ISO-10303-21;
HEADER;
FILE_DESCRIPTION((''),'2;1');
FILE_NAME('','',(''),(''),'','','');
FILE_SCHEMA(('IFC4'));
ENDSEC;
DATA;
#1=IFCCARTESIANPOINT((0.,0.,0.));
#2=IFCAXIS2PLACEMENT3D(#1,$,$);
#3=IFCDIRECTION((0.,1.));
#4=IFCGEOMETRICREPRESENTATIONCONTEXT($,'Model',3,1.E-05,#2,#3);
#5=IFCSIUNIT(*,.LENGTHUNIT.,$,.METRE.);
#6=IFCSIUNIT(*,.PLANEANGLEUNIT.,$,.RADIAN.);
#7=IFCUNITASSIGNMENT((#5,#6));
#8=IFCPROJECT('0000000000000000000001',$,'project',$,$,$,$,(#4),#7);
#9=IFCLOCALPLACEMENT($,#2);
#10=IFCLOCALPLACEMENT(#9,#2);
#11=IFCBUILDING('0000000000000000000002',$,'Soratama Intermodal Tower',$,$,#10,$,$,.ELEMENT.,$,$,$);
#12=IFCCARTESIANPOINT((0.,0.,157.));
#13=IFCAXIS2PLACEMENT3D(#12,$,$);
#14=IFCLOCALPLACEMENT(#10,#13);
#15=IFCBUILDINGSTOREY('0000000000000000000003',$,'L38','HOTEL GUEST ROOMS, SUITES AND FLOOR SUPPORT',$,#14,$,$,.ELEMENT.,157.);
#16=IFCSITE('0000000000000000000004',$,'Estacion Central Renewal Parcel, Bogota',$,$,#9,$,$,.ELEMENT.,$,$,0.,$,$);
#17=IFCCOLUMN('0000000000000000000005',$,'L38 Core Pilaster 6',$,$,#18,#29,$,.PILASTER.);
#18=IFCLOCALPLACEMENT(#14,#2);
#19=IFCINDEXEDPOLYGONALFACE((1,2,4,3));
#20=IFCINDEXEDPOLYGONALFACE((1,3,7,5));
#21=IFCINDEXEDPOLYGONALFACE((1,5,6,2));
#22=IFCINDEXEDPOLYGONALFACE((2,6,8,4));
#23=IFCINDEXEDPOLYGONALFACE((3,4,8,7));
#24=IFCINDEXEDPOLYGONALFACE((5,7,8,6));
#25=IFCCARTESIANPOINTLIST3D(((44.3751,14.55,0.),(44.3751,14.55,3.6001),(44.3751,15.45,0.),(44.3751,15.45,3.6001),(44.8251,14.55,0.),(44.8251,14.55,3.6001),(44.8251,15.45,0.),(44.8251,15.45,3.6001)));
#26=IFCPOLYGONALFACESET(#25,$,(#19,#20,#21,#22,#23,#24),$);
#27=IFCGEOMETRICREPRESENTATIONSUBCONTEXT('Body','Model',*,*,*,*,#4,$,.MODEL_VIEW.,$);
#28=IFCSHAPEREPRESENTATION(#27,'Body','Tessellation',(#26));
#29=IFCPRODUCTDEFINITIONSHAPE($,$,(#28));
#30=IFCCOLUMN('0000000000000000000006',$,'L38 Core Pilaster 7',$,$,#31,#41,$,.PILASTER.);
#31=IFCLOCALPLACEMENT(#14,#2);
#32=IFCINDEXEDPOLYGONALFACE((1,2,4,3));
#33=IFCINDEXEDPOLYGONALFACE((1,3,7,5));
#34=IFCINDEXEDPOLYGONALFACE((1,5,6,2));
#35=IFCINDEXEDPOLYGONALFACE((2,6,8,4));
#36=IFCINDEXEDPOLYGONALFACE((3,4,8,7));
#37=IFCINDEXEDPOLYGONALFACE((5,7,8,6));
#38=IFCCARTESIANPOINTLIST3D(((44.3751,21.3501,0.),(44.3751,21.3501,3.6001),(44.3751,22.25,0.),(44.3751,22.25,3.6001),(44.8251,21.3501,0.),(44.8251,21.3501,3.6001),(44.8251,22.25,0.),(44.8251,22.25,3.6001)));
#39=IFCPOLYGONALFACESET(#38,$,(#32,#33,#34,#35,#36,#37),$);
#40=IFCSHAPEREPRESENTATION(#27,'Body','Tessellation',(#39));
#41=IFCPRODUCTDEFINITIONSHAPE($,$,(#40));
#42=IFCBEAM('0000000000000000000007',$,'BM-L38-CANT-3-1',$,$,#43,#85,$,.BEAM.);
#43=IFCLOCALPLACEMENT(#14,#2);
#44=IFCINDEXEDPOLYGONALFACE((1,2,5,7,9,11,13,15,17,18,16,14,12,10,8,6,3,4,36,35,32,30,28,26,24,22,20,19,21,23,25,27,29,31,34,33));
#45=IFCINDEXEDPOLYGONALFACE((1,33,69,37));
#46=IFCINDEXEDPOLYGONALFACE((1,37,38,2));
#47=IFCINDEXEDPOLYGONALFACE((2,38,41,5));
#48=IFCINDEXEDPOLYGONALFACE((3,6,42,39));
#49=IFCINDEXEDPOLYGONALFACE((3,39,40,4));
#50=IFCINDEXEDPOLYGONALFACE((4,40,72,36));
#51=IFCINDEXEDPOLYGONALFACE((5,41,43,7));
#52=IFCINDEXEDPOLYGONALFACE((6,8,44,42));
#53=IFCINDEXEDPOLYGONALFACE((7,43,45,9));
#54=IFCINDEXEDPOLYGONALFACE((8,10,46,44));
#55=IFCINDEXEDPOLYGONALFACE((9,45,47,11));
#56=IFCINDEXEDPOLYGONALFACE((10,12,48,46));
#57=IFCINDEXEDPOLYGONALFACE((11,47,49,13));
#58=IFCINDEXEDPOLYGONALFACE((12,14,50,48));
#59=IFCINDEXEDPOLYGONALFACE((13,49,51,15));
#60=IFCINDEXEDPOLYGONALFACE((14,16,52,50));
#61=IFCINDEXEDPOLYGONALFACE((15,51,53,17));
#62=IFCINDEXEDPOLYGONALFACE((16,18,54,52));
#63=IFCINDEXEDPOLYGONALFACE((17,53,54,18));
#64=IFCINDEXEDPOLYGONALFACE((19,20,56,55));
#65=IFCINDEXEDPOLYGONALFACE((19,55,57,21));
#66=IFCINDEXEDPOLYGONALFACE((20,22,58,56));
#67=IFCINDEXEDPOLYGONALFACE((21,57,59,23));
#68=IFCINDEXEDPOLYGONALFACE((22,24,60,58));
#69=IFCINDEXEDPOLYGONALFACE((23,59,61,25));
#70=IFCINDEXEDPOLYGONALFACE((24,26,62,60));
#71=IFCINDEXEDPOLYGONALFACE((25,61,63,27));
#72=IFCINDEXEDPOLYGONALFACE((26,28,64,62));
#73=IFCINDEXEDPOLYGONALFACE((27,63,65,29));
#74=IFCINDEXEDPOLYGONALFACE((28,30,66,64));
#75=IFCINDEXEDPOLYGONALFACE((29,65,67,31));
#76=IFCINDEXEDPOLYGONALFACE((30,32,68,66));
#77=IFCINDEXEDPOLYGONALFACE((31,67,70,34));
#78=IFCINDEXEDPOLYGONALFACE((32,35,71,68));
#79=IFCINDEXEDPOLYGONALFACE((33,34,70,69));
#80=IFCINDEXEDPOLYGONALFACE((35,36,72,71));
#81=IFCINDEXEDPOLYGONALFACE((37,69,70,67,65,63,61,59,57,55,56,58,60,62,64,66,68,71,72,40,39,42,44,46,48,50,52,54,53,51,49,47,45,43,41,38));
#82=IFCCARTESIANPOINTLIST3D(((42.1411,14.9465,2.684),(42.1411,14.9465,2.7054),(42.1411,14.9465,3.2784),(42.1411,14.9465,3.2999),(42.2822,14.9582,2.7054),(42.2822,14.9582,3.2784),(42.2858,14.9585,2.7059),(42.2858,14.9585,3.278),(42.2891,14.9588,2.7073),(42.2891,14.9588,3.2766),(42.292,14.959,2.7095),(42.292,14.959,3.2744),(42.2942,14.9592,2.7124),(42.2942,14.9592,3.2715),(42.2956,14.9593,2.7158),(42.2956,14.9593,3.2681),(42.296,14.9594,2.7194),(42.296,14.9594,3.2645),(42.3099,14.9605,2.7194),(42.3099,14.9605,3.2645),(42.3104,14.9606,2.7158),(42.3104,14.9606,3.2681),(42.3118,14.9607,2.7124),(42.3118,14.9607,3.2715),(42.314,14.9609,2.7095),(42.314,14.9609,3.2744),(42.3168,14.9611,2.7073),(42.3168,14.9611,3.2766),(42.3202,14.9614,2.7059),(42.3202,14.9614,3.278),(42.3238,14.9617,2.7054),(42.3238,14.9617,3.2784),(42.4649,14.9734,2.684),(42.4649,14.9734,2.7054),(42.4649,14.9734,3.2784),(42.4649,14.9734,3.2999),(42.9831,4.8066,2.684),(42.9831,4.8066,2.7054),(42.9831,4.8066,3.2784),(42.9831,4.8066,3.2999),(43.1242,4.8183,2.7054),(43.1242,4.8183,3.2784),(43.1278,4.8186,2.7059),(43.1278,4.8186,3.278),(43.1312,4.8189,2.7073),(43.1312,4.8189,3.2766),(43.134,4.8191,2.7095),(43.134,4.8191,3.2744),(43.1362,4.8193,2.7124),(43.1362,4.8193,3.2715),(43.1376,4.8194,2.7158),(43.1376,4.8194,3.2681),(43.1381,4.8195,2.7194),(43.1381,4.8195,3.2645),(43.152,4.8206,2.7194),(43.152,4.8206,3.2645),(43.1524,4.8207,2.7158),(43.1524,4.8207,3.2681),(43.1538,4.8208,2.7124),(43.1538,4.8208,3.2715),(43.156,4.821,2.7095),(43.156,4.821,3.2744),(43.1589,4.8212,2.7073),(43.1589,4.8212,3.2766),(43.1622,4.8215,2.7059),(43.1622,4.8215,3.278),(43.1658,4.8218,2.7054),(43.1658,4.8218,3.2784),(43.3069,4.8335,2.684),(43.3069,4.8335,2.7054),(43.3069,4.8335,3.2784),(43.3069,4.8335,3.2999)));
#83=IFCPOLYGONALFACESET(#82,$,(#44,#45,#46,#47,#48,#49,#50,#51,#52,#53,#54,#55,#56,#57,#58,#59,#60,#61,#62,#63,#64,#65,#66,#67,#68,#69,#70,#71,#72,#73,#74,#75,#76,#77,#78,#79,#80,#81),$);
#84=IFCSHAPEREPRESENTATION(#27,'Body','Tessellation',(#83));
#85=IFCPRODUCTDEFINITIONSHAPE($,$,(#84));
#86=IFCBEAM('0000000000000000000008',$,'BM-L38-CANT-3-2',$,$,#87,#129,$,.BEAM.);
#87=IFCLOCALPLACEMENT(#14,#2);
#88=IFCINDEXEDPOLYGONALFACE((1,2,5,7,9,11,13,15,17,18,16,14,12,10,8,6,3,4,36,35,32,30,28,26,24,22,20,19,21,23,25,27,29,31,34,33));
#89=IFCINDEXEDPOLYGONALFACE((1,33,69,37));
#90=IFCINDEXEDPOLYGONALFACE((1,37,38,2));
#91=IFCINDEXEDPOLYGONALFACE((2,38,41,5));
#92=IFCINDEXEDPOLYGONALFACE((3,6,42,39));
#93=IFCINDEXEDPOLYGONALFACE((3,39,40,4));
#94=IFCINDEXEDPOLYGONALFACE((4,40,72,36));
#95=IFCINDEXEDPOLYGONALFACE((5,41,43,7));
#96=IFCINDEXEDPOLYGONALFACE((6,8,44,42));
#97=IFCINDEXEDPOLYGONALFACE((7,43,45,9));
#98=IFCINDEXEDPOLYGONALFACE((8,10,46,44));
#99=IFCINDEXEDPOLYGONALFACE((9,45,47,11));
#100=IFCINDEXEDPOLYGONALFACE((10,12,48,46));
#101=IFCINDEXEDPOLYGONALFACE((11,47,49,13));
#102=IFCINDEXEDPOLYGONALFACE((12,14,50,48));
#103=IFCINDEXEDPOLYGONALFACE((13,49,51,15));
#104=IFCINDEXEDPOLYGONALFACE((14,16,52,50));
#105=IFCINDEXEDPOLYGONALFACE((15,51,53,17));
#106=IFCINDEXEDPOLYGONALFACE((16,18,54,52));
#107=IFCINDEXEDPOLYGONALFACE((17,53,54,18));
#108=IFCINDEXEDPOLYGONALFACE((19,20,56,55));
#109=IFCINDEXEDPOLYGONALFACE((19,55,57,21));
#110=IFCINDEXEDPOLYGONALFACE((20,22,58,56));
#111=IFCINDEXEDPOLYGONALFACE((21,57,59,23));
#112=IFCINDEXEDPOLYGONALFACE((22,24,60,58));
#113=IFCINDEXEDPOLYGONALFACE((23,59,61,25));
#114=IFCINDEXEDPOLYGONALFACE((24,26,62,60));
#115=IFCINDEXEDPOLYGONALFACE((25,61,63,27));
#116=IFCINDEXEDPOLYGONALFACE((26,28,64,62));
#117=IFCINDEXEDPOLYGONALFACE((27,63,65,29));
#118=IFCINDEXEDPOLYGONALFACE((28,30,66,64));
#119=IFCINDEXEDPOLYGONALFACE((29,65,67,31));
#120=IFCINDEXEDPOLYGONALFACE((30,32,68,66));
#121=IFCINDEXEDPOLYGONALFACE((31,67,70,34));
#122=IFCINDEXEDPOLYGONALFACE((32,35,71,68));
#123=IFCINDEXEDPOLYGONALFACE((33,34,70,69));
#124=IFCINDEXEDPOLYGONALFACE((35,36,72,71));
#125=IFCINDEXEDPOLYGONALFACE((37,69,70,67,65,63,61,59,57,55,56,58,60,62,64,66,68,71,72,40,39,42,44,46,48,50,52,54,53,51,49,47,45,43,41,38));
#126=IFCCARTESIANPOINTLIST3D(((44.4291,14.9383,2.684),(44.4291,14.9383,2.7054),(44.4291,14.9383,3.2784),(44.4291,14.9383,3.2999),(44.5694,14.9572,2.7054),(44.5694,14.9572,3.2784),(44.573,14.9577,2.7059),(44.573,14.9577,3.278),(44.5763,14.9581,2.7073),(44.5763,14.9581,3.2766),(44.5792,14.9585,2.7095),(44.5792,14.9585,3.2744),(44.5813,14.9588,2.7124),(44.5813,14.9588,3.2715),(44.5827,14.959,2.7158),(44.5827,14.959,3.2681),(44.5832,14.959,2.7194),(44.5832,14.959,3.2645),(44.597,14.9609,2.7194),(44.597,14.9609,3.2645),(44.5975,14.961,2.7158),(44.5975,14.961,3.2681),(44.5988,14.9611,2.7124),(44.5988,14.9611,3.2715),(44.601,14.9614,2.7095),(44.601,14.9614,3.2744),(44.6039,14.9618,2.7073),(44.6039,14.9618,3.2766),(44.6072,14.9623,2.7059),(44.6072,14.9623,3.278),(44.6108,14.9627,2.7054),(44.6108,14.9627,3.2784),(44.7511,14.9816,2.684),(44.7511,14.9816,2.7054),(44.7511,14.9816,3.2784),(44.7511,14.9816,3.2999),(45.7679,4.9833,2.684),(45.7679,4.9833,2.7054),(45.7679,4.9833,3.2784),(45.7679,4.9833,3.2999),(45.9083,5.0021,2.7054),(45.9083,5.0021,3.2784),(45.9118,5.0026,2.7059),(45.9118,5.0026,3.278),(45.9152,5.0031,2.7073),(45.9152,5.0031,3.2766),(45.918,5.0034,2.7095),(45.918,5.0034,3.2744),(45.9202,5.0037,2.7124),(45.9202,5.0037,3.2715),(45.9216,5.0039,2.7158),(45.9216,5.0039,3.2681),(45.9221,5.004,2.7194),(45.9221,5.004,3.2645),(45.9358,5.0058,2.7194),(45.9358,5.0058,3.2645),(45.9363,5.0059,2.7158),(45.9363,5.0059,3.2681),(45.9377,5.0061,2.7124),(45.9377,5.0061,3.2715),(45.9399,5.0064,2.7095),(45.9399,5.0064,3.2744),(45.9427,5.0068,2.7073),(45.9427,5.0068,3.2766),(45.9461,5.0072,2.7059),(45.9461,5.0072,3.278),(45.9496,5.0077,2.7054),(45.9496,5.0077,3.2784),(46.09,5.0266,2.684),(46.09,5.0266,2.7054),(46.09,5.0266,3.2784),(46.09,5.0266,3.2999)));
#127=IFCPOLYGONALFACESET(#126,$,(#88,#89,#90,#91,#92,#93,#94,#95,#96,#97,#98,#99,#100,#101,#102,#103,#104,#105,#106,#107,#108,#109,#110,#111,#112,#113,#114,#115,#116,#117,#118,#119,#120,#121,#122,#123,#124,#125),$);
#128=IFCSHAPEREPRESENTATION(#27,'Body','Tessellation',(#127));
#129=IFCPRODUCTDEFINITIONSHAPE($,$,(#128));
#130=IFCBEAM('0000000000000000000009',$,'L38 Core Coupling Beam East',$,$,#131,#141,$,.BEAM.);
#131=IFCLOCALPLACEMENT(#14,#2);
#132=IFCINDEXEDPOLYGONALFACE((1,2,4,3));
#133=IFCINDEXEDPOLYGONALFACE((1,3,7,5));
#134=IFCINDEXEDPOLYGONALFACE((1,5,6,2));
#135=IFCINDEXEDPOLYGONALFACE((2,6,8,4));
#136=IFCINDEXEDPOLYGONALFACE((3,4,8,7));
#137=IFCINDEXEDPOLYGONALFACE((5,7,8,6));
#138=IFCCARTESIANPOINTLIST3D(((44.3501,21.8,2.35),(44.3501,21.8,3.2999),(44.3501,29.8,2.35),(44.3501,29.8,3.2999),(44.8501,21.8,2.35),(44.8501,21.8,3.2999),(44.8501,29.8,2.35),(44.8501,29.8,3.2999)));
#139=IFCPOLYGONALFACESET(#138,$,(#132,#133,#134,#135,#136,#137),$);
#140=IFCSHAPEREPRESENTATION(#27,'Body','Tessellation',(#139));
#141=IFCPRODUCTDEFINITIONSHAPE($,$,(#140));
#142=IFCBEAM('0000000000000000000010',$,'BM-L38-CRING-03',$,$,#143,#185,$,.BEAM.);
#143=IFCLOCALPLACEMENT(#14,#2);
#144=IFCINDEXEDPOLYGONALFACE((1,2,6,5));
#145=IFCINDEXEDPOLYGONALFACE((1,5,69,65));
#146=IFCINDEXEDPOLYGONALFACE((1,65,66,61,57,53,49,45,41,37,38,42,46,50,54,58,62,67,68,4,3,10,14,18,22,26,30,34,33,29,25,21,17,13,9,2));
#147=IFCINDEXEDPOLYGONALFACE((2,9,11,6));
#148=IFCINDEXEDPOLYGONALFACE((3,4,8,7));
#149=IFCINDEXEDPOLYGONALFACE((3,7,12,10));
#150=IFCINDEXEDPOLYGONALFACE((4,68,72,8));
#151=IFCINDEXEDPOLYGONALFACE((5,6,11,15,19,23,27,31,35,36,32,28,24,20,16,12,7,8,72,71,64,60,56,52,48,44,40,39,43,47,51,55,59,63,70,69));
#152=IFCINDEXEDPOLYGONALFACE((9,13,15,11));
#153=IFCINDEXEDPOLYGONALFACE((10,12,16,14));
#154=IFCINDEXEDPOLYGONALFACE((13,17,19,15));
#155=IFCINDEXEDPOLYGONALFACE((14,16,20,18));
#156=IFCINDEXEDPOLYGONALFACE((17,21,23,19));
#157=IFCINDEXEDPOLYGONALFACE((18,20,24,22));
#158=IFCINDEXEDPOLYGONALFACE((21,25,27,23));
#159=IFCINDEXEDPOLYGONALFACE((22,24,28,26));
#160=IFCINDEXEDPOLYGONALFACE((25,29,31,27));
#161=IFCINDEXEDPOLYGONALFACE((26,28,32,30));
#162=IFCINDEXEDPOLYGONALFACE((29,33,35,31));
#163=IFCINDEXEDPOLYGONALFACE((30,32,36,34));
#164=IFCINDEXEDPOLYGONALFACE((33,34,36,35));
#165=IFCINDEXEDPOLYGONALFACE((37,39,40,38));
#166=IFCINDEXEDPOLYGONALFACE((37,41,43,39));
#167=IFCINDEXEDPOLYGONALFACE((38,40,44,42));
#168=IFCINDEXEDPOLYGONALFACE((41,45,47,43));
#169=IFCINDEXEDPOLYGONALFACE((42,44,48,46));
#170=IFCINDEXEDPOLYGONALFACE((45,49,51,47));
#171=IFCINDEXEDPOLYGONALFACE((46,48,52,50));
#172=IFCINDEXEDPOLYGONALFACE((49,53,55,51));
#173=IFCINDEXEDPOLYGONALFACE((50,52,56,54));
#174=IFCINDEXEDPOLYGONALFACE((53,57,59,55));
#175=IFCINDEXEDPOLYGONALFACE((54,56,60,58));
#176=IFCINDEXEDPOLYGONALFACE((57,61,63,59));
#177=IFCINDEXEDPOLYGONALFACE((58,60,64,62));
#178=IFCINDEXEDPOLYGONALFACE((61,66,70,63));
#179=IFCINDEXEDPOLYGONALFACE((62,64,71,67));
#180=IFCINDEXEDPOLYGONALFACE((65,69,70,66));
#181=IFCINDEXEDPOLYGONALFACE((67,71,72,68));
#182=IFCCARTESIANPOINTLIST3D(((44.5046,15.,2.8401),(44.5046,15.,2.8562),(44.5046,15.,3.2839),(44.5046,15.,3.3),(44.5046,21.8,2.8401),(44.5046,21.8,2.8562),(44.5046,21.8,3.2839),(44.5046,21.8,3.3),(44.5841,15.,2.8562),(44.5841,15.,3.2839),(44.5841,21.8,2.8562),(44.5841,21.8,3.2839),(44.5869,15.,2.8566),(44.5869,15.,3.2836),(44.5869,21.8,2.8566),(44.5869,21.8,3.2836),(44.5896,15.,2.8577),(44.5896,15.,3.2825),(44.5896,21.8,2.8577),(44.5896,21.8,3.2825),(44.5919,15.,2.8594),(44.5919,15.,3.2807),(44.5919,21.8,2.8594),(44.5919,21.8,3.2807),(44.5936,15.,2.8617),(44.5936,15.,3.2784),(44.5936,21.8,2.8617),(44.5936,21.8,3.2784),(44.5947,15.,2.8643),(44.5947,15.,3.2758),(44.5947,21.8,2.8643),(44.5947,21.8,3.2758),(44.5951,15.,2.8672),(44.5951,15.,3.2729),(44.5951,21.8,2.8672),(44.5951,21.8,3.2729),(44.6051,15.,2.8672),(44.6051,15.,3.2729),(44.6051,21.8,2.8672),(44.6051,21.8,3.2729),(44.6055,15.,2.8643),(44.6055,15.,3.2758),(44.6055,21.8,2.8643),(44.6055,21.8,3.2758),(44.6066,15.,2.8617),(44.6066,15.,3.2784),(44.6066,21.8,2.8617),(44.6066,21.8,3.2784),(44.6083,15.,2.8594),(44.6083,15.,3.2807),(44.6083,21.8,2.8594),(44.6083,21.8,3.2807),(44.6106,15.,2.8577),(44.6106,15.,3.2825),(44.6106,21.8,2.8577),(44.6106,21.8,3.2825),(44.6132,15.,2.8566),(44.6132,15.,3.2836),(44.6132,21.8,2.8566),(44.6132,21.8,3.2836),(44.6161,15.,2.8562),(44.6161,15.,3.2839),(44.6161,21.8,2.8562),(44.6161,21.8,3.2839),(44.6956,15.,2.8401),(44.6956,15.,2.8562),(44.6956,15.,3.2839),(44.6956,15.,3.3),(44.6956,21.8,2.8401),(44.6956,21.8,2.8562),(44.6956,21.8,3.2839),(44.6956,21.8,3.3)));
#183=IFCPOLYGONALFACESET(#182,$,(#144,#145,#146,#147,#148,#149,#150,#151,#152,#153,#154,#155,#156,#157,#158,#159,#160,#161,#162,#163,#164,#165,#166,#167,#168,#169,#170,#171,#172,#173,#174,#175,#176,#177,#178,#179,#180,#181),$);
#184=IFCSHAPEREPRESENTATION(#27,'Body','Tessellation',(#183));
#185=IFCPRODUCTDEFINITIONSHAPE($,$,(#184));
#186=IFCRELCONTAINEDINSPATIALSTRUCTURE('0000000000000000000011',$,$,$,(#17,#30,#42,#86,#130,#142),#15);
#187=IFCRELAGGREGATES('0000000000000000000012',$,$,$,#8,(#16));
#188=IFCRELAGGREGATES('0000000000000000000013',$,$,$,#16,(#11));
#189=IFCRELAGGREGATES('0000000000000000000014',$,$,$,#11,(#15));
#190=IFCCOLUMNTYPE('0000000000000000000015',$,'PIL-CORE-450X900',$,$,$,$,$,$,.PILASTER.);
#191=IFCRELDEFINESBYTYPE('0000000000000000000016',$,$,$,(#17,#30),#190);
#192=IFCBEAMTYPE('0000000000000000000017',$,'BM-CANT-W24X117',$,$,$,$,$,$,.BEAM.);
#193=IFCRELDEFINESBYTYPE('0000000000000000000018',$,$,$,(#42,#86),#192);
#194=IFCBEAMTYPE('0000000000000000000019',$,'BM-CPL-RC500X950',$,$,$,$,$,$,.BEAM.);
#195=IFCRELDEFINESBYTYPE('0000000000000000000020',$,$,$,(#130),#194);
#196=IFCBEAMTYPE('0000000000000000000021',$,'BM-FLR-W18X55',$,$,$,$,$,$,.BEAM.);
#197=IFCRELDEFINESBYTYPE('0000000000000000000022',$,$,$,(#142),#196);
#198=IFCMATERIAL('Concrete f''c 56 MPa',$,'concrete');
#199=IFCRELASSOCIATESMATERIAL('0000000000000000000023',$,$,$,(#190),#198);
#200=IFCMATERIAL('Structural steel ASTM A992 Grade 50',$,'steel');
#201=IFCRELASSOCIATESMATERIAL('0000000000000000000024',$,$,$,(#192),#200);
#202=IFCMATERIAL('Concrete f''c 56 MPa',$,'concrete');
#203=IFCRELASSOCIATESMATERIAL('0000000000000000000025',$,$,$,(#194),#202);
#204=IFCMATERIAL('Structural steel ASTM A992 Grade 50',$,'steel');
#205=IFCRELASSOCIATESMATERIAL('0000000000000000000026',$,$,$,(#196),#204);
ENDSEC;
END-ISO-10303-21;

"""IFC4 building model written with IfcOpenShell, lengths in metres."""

from ifc_helpers import new_model, si_unit, direction, frame, origin, origin_2d, place, context, subcontext, project, spatial, rectangle, i_section, extrude, material, material_profile, profile_set, type_object, element, save


model = new_model("IFC4")

# Units and contexts
model_context = context("Model", 3, precision=1e-05, world=origin(), true_north=direction((0.0, 1.0)))
body_context = subcontext(model_context, "Body", "Model", "MODEL_VIEW")
ifc_project = project(units=[si_unit("LENGTHUNIT", "METRE"), si_unit("PLANEANGLEUNIT", "RADIAN")], contexts=[model_context])

# Site, building, storey
site_placement = place(None, origin())
site = spatial("IfcSite", under=ifc_project, at=site_placement, Name="Estacion Central Renewal Parcel, Bogota", CompositionType="ELEMENT", RefElevation=0.0)
building_placement = place(site_placement, origin())
building = spatial("IfcBuilding", under=site, at=building_placement, Name="Soratama Intermodal Tower", CompositionType="ELEMENT")
storey_placement = place(building_placement, frame((0.0, 0.0, 157.0)))
storey = spatial("IfcBuildingStorey", under=building, at=storey_placement, Name="L38", Description="HOTEL GUEST ROOMS, SUITES AND FLOOR SUPPORT", CompositionType="ELEMENT", Elevation=157.0)

# Columns
ifc_material_1 = material(Name="Concrete f'c 56 MPa", Category="concrete")
ifc_material_profile_1 = material_profile(ifc_material_1, rectangle(XDim=0.45, YDim=0.8999, at=origin_2d()), Name="RC450X900")
ifc_profile_set_1 = profile_set([ifc_material_profile_1], Name="Concrete f'c 56 MPa")
column_type = type_object("IfcColumnType", Name="PIL-CORE-450X900", PredefinedType="PILASTER", material=ifc_profile_set_1)
for number, where, z_axis, x_axis, name in (
    (1, (44.6001, 15.0, 0.0), (0.0, 0.0, 1.0), (1.0, 0.0, 0.0), "L38 Core Pilaster 6"),
    (2, (44.6001, 21.8, 0.0), (0.0, 0.0, 1.0), (1.0, 0.0, 0.0), "L38 Core Pilaster 7"),
):
    element("IfcColumn", number, at=place(storey_placement, frame(where, z_axis=z_axis, x_axis=x_axis)), inside=storey, type_object=column_type, Name=name, PredefinedType="PILASTER", context=body_context, shape_type="SweptSolid", body=[
        extrude(rectangle(XDim=0.45, YDim=0.8999, at=origin_2d()), origin(), (0.0, 0.0, 1.0), 3.6001),
    ])

# Beams
ifc_material_2 = material(Name="Structural steel ASTM A992 Grade 50", Category="steel")
ifc_material_profile_2 = material_profile(ifc_material_2, i_section(OverallWidth=0.325, OverallDepth=0.616, WebThickness=0.0139, FlangeThickness=0.0215, FilletRadius=0.0139, at=origin_2d()), Name="W24X117")
ifc_profile_set_2 = profile_set([ifc_material_profile_2], Name="Structural steel ASTM A992 Grade 50")
beam_type_1 = type_object("IfcBeamType", Name="BM-CANT-W24X117", PredefinedType="BEAM", material=ifc_profile_set_2)
beam_1_placement = place(storey_placement, frame((42.303, 14.96, 2.9919), z_axis=(0.082758, -0.99657, 0.0), x_axis=(0.99657, 0.082758, 0.0)))
element("IfcBeam", 3, at=beam_1_placement, inside=storey, type_object=beam_type_1, Name="BM-L38-CANT-3-1", PredefinedType="BEAM", context=body_context, shape_type="SweptSolid", body=[
    extrude(i_section(OverallWidth=0.325, OverallDepth=0.616, WebThickness=0.0139, FlangeThickness=0.0215, FilletRadius=0.0139, at=origin_2d()), origin(), (0.0, 0.0, 1.0), 10.1748),
])
beam_2_placement = place(storey_placement, frame((44.5901, 14.96, 2.9919), z_axis=(0.133291, -0.991077, 0.0), x_axis=(0.991077, 0.133291, 0.0)))
element("IfcBeam", 4, at=beam_2_placement, inside=storey, type_object=beam_type_1, Name="BM-L38-CANT-3-2", PredefinedType="BEAM", context=body_context, shape_type="SweptSolid", body=[
    extrude(i_section(OverallWidth=0.325, OverallDepth=0.616, WebThickness=0.0139, FlangeThickness=0.0215, FilletRadius=0.0139, at=origin_2d()), origin(), (0.0, 0.0, 1.0), 10.0447),
])
ifc_material_3 = material(Name="Concrete f'c 56 MPa", Category="concrete")
ifc_material_profile_3 = material_profile(ifc_material_3, rectangle(XDim=0.5, YDim=0.95, at=origin_2d()), Name="RC500X950")
ifc_profile_set_3 = profile_set([ifc_material_profile_3], Name="Concrete f'c 56 MPa")
beam_type_2 = type_object("IfcBeamType", Name="BM-CPL-RC500X950", PredefinedType="BEAM", material=ifc_profile_set_3)
beam_3_placement = place(storey_placement, frame((44.6001, 21.8, 2.825), z_axis=(0.0, 1.0, 0.0), x_axis=(-1.0, 0.0, 0.0)))
element("IfcBeam", 5, at=beam_3_placement, inside=storey, type_object=beam_type_2, Name="L38 Core Coupling Beam East", PredefinedType="BEAM", context=body_context, shape_type="SweptSolid", body=[
    extrude(rectangle(XDim=0.5, YDim=0.95, at=origin_2d()), origin(), (0.0, 0.0, 1.0), 8.0),
])
ifc_material_4 = material(Name="Structural steel ASTM A992 Grade 50", Category="steel")
ifc_material_profile_4 = material_profile(ifc_material_4, i_section(OverallWidth=0.1909, OverallDepth=0.46, WebThickness=0.01, FlangeThickness=0.0161, FilletRadius=0.011, at=origin_2d()), Name="W18X55")
ifc_profile_set_4 = profile_set([ifc_material_profile_4], Name="Structural steel ASTM A992 Grade 50")
beam_type_3 = type_object("IfcBeamType", Name="BM-FLR-W18X55", PredefinedType="BEAM", material=ifc_profile_set_4)
beam_4_placement = place(storey_placement, frame((44.6001, 15.0, 3.0701), z_axis=(0.0, 1.0, 0.0), x_axis=(-1.0, 0.0, 0.0)))
element("IfcBeam", 6, at=beam_4_placement, inside=storey, type_object=beam_type_3, Name="BM-L38-CRING-03", PredefinedType="BEAM", context=body_context, shape_type="SweptSolid", body=[
    extrude(i_section(OverallWidth=0.1909, OverallDepth=0.46, WebThickness=0.01, FlangeThickness=0.0161, FilletRadius=0.011, at=origin_2d()), origin(), (0.0, 0.0, 1.0), 6.8),
])

save(model, "model.ifc")
